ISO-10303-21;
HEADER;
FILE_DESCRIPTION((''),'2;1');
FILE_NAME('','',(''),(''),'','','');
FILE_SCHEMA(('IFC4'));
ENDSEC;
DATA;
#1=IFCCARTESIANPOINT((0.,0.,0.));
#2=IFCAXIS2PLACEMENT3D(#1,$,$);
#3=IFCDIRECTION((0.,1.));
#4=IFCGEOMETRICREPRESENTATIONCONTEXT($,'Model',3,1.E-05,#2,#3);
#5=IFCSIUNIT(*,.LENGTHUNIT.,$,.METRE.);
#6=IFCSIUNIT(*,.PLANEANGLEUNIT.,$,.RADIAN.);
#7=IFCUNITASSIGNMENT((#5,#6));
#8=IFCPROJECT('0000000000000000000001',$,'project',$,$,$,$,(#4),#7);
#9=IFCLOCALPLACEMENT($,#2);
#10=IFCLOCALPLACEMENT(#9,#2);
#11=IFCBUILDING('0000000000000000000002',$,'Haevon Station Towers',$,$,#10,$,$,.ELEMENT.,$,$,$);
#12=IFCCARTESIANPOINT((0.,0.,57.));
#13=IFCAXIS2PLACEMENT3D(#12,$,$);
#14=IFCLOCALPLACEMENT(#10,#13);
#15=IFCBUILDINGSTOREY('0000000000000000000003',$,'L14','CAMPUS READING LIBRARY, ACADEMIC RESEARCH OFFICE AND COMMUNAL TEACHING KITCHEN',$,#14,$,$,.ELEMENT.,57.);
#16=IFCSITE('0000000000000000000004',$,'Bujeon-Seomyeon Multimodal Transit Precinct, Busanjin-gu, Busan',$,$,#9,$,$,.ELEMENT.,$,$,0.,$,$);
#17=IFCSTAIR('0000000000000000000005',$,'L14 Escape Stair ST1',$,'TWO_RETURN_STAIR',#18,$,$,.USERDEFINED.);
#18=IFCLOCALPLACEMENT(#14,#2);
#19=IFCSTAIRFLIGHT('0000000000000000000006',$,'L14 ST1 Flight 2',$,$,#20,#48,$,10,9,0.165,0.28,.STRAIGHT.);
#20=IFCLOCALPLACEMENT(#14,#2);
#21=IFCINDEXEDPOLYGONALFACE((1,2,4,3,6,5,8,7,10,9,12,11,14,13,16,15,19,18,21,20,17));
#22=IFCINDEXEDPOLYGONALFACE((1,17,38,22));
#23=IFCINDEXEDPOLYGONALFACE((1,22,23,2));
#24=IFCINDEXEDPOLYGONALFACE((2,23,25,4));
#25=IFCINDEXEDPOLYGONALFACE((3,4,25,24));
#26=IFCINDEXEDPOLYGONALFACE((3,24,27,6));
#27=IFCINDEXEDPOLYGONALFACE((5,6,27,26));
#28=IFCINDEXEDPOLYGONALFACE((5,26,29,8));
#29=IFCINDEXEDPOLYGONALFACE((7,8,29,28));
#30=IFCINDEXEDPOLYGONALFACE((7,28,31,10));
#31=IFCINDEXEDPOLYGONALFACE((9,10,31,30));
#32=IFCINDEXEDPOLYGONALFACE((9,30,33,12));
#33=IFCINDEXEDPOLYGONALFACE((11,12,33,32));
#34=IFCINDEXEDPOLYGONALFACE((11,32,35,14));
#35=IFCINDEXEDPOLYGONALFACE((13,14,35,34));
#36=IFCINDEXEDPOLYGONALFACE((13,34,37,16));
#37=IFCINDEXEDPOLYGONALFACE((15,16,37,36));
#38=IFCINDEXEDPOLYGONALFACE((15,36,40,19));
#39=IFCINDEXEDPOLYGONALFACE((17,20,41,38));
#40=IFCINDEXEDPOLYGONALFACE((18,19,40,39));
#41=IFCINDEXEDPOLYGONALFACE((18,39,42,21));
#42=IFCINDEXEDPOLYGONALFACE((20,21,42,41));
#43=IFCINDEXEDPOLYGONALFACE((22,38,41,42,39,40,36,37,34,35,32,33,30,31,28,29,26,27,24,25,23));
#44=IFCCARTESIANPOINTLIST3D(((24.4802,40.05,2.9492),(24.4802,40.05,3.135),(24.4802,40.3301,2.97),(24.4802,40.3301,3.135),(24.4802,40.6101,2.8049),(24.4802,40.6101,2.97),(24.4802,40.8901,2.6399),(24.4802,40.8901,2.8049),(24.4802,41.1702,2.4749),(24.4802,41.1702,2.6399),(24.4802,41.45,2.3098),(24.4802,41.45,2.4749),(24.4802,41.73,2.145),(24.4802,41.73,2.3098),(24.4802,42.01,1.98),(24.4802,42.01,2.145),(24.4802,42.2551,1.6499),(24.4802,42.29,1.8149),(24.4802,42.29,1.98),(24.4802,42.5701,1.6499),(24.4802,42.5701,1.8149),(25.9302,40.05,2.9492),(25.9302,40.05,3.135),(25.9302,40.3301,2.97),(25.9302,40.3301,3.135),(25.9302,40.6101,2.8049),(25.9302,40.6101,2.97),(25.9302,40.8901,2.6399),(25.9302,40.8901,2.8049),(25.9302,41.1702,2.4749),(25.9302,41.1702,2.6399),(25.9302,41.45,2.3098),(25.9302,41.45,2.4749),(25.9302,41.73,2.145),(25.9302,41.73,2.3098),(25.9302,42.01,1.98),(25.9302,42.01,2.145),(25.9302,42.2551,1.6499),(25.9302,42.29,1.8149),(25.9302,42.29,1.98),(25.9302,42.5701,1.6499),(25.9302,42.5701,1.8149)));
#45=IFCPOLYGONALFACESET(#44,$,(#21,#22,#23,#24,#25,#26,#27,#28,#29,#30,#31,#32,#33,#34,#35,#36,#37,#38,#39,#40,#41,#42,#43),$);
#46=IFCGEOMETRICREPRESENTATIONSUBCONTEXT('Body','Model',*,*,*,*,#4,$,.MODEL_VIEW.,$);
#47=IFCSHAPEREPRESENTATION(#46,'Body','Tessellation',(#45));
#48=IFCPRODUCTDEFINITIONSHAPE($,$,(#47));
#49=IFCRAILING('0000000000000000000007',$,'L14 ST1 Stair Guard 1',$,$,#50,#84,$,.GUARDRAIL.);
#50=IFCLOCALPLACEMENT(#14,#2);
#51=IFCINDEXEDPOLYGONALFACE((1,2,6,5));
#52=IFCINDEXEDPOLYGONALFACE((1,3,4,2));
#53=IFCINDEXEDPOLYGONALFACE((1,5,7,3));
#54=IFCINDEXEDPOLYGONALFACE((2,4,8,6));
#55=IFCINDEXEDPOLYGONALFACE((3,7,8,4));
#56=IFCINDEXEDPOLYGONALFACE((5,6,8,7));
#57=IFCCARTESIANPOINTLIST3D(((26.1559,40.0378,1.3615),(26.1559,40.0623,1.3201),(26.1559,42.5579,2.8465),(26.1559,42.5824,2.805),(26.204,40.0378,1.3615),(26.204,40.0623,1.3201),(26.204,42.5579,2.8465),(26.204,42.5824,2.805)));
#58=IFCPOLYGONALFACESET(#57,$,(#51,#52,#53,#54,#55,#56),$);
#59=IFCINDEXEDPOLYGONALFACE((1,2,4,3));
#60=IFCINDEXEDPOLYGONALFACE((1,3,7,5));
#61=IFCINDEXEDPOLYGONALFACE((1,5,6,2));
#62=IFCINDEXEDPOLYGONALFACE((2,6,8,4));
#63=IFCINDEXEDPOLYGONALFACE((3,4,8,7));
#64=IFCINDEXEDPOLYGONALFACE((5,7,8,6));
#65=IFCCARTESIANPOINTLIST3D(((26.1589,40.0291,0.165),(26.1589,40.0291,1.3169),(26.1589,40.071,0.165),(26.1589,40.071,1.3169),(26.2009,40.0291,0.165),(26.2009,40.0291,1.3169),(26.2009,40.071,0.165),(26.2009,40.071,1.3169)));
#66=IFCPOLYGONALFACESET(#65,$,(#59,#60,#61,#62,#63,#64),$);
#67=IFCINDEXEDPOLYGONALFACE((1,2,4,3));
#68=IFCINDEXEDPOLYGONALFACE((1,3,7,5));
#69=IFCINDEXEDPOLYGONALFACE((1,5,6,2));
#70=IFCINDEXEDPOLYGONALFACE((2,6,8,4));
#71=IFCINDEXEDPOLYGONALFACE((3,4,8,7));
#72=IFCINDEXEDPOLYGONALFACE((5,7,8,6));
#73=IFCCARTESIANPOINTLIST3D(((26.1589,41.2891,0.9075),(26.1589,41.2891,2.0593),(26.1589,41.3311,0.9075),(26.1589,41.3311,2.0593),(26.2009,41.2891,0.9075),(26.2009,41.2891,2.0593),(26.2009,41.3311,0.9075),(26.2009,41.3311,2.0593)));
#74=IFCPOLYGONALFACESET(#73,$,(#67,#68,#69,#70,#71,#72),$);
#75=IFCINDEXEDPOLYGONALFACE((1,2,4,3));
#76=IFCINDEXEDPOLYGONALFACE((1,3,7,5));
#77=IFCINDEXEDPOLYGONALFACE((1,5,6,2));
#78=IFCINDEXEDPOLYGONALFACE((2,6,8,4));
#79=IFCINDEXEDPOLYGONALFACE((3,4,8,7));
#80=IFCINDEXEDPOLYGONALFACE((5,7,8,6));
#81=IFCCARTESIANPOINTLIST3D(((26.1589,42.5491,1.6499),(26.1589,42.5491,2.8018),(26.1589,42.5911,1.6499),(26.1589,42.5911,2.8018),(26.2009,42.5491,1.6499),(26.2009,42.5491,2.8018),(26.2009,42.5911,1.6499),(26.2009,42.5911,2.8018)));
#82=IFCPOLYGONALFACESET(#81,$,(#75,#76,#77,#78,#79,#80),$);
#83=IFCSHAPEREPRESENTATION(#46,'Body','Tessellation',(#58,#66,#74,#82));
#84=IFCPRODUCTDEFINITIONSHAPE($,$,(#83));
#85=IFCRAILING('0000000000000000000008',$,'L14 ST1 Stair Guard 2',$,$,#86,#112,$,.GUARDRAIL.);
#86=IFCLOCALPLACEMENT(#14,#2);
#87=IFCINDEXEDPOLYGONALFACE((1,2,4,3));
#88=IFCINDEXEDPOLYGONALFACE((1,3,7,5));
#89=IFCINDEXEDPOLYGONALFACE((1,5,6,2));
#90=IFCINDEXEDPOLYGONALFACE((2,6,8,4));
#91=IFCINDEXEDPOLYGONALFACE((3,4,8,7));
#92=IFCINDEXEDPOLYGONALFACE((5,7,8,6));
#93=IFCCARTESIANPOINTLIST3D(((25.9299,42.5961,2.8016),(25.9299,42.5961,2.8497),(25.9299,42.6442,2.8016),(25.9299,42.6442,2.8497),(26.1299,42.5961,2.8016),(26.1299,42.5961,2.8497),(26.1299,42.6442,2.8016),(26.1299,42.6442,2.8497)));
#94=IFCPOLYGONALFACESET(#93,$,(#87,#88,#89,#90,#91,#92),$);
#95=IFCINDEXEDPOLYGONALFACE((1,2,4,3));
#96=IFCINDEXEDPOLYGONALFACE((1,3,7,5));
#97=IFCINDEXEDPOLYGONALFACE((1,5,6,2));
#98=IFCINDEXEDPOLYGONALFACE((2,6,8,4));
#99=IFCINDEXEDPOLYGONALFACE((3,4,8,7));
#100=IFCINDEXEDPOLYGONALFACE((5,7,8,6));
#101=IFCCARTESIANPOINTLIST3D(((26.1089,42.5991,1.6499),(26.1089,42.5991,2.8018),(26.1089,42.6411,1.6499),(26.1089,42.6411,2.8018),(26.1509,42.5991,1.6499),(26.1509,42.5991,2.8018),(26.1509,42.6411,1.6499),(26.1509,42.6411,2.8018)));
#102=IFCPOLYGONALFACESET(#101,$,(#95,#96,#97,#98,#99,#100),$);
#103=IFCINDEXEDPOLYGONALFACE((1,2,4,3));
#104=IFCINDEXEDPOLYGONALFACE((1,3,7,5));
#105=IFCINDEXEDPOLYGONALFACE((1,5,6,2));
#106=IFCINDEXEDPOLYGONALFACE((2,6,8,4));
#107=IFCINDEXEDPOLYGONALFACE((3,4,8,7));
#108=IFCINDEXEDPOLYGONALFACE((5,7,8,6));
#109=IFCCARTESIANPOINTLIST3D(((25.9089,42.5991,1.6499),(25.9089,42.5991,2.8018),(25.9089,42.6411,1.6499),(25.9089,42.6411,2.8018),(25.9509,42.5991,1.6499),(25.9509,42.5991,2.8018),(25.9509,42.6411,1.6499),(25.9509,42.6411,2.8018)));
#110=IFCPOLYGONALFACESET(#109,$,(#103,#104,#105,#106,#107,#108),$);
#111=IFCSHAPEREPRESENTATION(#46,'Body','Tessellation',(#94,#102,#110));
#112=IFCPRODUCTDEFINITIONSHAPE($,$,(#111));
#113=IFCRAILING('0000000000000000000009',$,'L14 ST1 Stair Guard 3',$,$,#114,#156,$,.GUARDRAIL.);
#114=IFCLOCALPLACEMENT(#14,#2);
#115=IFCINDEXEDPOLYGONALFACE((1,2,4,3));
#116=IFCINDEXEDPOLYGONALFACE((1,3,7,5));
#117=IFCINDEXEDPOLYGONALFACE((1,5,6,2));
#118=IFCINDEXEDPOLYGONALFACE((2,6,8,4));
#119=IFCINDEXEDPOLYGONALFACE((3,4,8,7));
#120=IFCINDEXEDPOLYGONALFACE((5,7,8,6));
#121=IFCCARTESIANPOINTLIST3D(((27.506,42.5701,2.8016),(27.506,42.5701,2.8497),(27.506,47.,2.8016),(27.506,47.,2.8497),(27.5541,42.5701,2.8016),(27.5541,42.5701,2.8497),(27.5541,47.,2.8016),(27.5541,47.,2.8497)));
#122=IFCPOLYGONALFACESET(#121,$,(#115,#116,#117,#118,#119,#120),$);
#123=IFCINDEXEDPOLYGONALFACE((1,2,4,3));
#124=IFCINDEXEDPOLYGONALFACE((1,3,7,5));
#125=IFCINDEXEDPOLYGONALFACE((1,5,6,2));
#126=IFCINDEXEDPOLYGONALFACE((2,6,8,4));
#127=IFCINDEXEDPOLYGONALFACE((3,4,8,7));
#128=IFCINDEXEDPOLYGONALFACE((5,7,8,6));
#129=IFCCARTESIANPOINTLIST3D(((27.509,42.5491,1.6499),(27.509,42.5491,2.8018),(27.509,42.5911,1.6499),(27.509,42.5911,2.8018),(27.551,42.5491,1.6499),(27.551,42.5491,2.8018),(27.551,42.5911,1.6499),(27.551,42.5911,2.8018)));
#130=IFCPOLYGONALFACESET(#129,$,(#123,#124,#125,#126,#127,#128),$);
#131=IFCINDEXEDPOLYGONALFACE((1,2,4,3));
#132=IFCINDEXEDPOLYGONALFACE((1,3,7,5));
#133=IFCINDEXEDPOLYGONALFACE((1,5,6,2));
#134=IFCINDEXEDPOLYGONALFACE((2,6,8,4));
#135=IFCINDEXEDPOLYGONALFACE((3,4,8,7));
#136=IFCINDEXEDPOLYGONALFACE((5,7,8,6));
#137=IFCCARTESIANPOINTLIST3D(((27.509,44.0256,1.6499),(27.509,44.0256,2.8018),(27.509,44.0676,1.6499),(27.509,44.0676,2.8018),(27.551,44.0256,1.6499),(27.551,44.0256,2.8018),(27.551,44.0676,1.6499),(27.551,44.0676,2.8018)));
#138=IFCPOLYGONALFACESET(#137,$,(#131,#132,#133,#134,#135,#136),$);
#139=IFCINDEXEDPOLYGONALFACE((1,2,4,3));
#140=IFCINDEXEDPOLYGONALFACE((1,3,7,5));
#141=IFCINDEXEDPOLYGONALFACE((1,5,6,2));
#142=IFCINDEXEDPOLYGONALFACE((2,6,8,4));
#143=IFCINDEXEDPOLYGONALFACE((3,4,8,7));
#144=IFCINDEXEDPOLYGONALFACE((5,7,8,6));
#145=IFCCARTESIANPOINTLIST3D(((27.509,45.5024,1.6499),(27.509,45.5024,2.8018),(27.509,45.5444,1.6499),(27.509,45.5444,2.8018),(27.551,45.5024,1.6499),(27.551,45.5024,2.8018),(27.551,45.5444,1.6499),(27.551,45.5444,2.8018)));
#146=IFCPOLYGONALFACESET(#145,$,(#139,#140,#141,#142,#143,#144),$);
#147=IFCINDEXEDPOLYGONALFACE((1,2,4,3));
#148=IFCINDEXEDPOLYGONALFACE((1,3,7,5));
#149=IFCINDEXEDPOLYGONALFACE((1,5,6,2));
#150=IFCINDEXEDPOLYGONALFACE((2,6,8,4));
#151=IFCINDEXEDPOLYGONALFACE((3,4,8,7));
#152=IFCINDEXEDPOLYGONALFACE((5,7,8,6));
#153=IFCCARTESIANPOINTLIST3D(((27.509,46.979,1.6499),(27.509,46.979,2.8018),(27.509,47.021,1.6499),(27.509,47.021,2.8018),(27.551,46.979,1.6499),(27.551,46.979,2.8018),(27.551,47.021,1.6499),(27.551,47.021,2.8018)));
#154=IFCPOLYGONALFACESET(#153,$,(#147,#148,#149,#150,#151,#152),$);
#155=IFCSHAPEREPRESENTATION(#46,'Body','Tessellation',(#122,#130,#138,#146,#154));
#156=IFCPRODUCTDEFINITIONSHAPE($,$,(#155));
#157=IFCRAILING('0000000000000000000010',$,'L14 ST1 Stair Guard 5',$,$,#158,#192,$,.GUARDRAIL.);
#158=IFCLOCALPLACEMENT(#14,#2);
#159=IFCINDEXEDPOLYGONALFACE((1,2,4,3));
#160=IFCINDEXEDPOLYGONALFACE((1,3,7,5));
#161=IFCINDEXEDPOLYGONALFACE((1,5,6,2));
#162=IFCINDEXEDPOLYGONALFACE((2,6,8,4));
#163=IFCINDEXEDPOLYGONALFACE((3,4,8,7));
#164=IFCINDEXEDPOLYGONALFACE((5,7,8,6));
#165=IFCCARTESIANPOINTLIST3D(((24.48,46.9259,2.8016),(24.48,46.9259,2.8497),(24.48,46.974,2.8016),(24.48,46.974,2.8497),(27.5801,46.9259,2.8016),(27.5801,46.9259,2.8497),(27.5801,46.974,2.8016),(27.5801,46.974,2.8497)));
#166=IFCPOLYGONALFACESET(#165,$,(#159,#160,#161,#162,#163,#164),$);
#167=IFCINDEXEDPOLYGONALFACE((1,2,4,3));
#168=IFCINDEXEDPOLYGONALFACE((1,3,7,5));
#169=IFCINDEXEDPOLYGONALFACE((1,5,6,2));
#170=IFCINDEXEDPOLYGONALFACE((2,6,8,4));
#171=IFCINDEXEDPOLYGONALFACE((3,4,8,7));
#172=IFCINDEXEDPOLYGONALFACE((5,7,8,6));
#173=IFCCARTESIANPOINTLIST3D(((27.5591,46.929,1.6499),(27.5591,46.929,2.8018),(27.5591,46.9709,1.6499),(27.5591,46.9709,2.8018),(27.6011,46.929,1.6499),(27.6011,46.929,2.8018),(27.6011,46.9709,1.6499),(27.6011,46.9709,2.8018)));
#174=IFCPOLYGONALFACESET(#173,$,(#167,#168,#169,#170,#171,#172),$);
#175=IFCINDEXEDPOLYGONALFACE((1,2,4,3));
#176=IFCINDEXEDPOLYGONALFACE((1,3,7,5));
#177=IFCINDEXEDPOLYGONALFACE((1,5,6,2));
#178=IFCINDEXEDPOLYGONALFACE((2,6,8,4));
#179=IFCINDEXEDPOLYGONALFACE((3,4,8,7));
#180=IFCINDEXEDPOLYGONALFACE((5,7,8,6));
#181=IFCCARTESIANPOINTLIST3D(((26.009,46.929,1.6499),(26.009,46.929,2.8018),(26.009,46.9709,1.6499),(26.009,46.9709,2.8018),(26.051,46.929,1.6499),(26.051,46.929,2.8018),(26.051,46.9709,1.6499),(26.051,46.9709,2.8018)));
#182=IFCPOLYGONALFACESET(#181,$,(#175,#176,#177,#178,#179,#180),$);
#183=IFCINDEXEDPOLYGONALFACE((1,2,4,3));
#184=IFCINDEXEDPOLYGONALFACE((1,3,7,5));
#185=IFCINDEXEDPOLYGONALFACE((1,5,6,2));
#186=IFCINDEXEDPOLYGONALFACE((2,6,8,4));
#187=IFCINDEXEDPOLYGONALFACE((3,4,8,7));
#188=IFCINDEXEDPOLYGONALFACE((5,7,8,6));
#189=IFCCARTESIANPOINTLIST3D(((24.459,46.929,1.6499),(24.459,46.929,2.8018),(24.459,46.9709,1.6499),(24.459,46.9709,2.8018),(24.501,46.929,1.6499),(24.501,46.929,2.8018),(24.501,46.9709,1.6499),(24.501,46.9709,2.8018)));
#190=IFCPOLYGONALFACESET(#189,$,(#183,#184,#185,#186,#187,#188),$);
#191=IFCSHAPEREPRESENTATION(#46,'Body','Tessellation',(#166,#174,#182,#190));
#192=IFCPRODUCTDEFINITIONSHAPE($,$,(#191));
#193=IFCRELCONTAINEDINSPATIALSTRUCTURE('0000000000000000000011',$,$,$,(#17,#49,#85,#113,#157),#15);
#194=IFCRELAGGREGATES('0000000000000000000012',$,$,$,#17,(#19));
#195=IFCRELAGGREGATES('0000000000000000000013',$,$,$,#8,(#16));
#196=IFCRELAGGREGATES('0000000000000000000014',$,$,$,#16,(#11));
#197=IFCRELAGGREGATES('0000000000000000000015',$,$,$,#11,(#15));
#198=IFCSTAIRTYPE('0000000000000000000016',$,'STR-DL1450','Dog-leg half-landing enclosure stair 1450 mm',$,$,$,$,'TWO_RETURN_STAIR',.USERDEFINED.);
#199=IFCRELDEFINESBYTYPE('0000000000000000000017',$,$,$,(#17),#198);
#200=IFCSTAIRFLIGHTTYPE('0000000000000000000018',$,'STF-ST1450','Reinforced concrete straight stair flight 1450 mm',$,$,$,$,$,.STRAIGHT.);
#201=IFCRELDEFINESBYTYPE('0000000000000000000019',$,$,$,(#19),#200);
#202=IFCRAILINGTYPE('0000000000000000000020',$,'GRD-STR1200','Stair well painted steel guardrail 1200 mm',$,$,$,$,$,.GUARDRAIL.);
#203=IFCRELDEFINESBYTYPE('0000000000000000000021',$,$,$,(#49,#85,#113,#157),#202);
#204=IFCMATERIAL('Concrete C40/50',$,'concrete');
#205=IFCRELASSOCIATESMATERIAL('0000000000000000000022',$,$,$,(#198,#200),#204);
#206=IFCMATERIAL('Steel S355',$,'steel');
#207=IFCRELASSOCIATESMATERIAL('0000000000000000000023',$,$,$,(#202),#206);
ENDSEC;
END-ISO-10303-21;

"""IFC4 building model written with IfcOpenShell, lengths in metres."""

from ifc_helpers import new_model, si_unit, direction, frame, origin, origin_2d, place, context, subcontext, project, spatial, polyline, rectangle, outline, extrude, material, type_object, element, aggregate, save


model = new_model("IFC4")

# Units and contexts
model_context = context("Model", 3, precision=1e-05, world=origin(), true_north=direction((0.0, 1.0)))
body_context = subcontext(model_context, "Body", "Model", "MODEL_VIEW")
ifc_project = project(units=[si_unit("LENGTHUNIT", "METRE"), si_unit("PLANEANGLEUNIT", "RADIAN")], contexts=[model_context])

# Site, building, storey
site_placement = place(None, origin())
site = spatial("IfcSite", under=ifc_project, at=site_placement, Name="Bujeon-Seomyeon Multimodal Transit Precinct, Busanjin-gu, Busan", CompositionType="ELEMENT", RefElevation=0.0)
building_placement = place(site_placement, origin())
building = spatial("IfcBuilding", under=site, at=building_placement, Name="Haevon Station Towers", CompositionType="ELEMENT")
storey_placement = place(building_placement, frame((0.0, 0.0, 57.0)))
storey = spatial("IfcBuildingStorey", under=building, at=storey_placement, Name="L14", Description="CAMPUS READING LIBRARY, ACADEMIC RESEARCH OFFICE AND COMMUNAL TEACHING KITCHEN", CompositionType="ELEMENT", Elevation=57.0)

# Shared definitions
ifc_material_1 = material(Name="Steel S355", Category="steel")

# Shared definitions
ifc_material_2 = material(Name="Concrete C40/50", Category="concrete")

# Stair, stair flight
stair_type = type_object("IfcStairType", Name="STR-DL1450", Description="Dog-leg half-landing enclosure stair 1450 mm", ElementType="TWO_RETURN_STAIR", PredefinedType="USERDEFINED", material=ifc_material_2)
stair_placement = place(storey_placement, origin())
stair = element("IfcStair", 1, at=stair_placement, inside=storey, type_object=stair_type, Name="L14 Escape Stair ST1", ObjectType="TWO_RETURN_STAIR", PredefinedType="USERDEFINED")
stair_flight_type = type_object("IfcStairFlightType", Name="STF-ST1450", Description="Reinforced concrete straight stair flight 1450 mm", PredefinedType="STRAIGHT", material=ifc_material_2)
stair_flight_1_placement = place(storey_placement, frame((25.2051, 42.5701, 1.6499), z_axis=(0.0, 0.0, 1.0), x_axis=(0.0, -1.0, 0.0)))
stair_flight_1 = element("IfcStairFlight", 2, at=stair_flight_1_placement, type_object=stair_flight_type, Name="L14 ST1 Flight 2", NumberOfRisers=10, NumberOfTreads=9, PredefinedType="STRAIGHT", RiserHeight=0.165, TreadLength=0.28, context=body_context, shape_type="SweptSolid", body=[
    extrude(outline(polyline([(0.0, 0.0), (0.0, 0.165), (0.28, 0.165), (0.28, 0.3301), (0.5601, 0.3301), (0.5601, 0.4951), (0.8401, 0.4951), (0.8401, 0.6599), (1.1201, 0.6599), (1.1201, 0.825), (1.3999, 0.825), (1.3999, 0.99), (1.6799, 0.99), (1.6799, 1.155), (1.96, 1.155), (1.96, 1.3201), (2.24, 1.3201), (2.24, 1.4851), (2.52, 1.4851), (2.52, 1.6499), (2.52, 1.2993), (0.3149, 0.0), (0.0, 0.0)])), frame((0.0, 0.7251, 0.0), z_axis=(0.0, -1.0, 0.0), x_axis=(1.0, 0.0, 0.0)), (0.0, 0.0, 1.0), 1.45),
])
aggregate(stair, [stair_flight_1])

# Railings
railing_type_1 = type_object("IfcRailingType", Name="GRD-STR1200", Description="Stair well painted steel guardrail 1200 mm", PredefinedType="GUARDRAIL", material=ifc_material_1)
railing_1_placement = place(storey_placement, frame((26.1799, 40.05, 0.165)))
element("IfcRailing", 3, at=railing_1_placement, inside=storey, type_object=railing_type_1, Name="L14 ST1 Stair Guard 1", PredefinedType="GUARDRAIL", context=body_context, shape_type="SweptSolid", body=[
    extrude(rectangle(XDim=0.0481, YDim=0.0481, at=origin_2d()), frame((0.0, 0.0, 1.1758), z_axis=(0.0, 0.861561, 0.507655), x_axis=(-1.0, 0.0, 0.0)), (0.0, 0.0, 1.0), 2.925),
    extrude(rectangle(XDim=0.042, YDim=0.042, at=origin_2d()), origin(), (0.0, 0.0, 1.0), 1.1519),
    extrude(rectangle(XDim=0.042, YDim=0.042, at=origin_2d()), frame((0.0, 1.26, 0.7424)), (0.0, 0.0, 1.0), 1.1519),
    extrude(rectangle(XDim=0.042, YDim=0.042, at=origin_2d()), frame((0.0, 2.52, 1.4849)), (0.0, 0.0, 1.0), 1.1519),
])
railing_2_placement = place(storey_placement, frame((26.1299, 42.6201, 1.6499)))
element("IfcRailing", 4, at=railing_2_placement, inside=storey, type_object=railing_type_1, Name="L14 ST1 Stair Guard 2", PredefinedType="GUARDRAIL", context=body_context, shape_type="SweptSolid", body=[
    extrude(rectangle(XDim=0.0481, YDim=0.0481, at=origin_2d()), frame((0.0, 0.0, 1.1758), z_axis=(-1.0, 0.0, 0.0), x_axis=(0.0, -1.0, 0.0)), (0.0, 0.0, 1.0), 0.2),
    extrude(rectangle(XDim=0.042, YDim=0.042, at=origin_2d()), origin(), (0.0, 0.0, 1.0), 1.1519),
    extrude(rectangle(XDim=0.042, YDim=0.042, at=origin_2d()), frame((-0.2, 0.0, 0.0)), (0.0, 0.0, 1.0), 1.1519),
])
railing_3_placement = place(storey_placement, frame((27.53, 42.5701, 1.6499)))
element("IfcRailing", 5, at=railing_3_placement, inside=storey, type_object=railing_type_1, Name="L14 ST1 Stair Guard 3", PredefinedType="GUARDRAIL", context=body_context, shape_type="SweptSolid", body=[
    extrude(rectangle(XDim=0.0481, YDim=0.0481, at=origin_2d()), frame((0.0, 0.0, 1.1758), z_axis=(0.0, 1.0, 0.0), x_axis=(-1.0, 0.0, 0.0)), (0.0, 0.0, 1.0), 4.4299),
    extrude(rectangle(XDim=0.042, YDim=0.042, at=origin_2d()), origin(), (0.0, 0.0, 1.0), 1.1519),
    extrude(rectangle(XDim=0.042, YDim=0.042, at=origin_2d()), frame((0.0, 1.4766, 0.0)), (0.0, 0.0, 1.0), 1.1519),
    extrude(rectangle(XDim=0.042, YDim=0.042, at=origin_2d()), frame((0.0, 2.9534, 0.0)), (0.0, 0.0, 1.0), 1.1519),
    extrude(rectangle(XDim=0.042, YDim=0.042, at=origin_2d()), frame((0.0, 4.4299, 0.0)), (0.0, 0.0, 1.0), 1.1519),
])
railing_4_placement = place(storey_placement, frame((27.5801, 46.95, 1.6499)))
element("IfcRailing", 6, at=railing_4_placement, inside=storey, type_object=railing_type_1, Name="L14 ST1 Stair Guard 5", PredefinedType="GUARDRAIL", context=body_context, shape_type="SweptSolid", body=[
    extrude(rectangle(XDim=0.0481, YDim=0.0481, at=origin_2d()), frame((0.0, 0.0, 1.1758), z_axis=(-1.0, 0.0, 0.0), x_axis=(0.0, -1.0, 0.0)), (0.0, 0.0, 1.0), 3.1001),
    extrude(rectangle(XDim=0.042, YDim=0.042, at=origin_2d()), origin(), (0.0, 0.0, 1.0), 1.1519),
    extrude(rectangle(XDim=0.042, YDim=0.042, at=origin_2d()), frame((-1.55, 0.0, 0.0)), (0.0, 0.0, 1.0), 1.1519),
    extrude(rectangle(XDim=0.042, YDim=0.042, at=origin_2d()), frame((-3.1001, 0.0, 0.0)), (0.0, 0.0, 1.0), 1.1519),
])

save(model, "model.ifc")
